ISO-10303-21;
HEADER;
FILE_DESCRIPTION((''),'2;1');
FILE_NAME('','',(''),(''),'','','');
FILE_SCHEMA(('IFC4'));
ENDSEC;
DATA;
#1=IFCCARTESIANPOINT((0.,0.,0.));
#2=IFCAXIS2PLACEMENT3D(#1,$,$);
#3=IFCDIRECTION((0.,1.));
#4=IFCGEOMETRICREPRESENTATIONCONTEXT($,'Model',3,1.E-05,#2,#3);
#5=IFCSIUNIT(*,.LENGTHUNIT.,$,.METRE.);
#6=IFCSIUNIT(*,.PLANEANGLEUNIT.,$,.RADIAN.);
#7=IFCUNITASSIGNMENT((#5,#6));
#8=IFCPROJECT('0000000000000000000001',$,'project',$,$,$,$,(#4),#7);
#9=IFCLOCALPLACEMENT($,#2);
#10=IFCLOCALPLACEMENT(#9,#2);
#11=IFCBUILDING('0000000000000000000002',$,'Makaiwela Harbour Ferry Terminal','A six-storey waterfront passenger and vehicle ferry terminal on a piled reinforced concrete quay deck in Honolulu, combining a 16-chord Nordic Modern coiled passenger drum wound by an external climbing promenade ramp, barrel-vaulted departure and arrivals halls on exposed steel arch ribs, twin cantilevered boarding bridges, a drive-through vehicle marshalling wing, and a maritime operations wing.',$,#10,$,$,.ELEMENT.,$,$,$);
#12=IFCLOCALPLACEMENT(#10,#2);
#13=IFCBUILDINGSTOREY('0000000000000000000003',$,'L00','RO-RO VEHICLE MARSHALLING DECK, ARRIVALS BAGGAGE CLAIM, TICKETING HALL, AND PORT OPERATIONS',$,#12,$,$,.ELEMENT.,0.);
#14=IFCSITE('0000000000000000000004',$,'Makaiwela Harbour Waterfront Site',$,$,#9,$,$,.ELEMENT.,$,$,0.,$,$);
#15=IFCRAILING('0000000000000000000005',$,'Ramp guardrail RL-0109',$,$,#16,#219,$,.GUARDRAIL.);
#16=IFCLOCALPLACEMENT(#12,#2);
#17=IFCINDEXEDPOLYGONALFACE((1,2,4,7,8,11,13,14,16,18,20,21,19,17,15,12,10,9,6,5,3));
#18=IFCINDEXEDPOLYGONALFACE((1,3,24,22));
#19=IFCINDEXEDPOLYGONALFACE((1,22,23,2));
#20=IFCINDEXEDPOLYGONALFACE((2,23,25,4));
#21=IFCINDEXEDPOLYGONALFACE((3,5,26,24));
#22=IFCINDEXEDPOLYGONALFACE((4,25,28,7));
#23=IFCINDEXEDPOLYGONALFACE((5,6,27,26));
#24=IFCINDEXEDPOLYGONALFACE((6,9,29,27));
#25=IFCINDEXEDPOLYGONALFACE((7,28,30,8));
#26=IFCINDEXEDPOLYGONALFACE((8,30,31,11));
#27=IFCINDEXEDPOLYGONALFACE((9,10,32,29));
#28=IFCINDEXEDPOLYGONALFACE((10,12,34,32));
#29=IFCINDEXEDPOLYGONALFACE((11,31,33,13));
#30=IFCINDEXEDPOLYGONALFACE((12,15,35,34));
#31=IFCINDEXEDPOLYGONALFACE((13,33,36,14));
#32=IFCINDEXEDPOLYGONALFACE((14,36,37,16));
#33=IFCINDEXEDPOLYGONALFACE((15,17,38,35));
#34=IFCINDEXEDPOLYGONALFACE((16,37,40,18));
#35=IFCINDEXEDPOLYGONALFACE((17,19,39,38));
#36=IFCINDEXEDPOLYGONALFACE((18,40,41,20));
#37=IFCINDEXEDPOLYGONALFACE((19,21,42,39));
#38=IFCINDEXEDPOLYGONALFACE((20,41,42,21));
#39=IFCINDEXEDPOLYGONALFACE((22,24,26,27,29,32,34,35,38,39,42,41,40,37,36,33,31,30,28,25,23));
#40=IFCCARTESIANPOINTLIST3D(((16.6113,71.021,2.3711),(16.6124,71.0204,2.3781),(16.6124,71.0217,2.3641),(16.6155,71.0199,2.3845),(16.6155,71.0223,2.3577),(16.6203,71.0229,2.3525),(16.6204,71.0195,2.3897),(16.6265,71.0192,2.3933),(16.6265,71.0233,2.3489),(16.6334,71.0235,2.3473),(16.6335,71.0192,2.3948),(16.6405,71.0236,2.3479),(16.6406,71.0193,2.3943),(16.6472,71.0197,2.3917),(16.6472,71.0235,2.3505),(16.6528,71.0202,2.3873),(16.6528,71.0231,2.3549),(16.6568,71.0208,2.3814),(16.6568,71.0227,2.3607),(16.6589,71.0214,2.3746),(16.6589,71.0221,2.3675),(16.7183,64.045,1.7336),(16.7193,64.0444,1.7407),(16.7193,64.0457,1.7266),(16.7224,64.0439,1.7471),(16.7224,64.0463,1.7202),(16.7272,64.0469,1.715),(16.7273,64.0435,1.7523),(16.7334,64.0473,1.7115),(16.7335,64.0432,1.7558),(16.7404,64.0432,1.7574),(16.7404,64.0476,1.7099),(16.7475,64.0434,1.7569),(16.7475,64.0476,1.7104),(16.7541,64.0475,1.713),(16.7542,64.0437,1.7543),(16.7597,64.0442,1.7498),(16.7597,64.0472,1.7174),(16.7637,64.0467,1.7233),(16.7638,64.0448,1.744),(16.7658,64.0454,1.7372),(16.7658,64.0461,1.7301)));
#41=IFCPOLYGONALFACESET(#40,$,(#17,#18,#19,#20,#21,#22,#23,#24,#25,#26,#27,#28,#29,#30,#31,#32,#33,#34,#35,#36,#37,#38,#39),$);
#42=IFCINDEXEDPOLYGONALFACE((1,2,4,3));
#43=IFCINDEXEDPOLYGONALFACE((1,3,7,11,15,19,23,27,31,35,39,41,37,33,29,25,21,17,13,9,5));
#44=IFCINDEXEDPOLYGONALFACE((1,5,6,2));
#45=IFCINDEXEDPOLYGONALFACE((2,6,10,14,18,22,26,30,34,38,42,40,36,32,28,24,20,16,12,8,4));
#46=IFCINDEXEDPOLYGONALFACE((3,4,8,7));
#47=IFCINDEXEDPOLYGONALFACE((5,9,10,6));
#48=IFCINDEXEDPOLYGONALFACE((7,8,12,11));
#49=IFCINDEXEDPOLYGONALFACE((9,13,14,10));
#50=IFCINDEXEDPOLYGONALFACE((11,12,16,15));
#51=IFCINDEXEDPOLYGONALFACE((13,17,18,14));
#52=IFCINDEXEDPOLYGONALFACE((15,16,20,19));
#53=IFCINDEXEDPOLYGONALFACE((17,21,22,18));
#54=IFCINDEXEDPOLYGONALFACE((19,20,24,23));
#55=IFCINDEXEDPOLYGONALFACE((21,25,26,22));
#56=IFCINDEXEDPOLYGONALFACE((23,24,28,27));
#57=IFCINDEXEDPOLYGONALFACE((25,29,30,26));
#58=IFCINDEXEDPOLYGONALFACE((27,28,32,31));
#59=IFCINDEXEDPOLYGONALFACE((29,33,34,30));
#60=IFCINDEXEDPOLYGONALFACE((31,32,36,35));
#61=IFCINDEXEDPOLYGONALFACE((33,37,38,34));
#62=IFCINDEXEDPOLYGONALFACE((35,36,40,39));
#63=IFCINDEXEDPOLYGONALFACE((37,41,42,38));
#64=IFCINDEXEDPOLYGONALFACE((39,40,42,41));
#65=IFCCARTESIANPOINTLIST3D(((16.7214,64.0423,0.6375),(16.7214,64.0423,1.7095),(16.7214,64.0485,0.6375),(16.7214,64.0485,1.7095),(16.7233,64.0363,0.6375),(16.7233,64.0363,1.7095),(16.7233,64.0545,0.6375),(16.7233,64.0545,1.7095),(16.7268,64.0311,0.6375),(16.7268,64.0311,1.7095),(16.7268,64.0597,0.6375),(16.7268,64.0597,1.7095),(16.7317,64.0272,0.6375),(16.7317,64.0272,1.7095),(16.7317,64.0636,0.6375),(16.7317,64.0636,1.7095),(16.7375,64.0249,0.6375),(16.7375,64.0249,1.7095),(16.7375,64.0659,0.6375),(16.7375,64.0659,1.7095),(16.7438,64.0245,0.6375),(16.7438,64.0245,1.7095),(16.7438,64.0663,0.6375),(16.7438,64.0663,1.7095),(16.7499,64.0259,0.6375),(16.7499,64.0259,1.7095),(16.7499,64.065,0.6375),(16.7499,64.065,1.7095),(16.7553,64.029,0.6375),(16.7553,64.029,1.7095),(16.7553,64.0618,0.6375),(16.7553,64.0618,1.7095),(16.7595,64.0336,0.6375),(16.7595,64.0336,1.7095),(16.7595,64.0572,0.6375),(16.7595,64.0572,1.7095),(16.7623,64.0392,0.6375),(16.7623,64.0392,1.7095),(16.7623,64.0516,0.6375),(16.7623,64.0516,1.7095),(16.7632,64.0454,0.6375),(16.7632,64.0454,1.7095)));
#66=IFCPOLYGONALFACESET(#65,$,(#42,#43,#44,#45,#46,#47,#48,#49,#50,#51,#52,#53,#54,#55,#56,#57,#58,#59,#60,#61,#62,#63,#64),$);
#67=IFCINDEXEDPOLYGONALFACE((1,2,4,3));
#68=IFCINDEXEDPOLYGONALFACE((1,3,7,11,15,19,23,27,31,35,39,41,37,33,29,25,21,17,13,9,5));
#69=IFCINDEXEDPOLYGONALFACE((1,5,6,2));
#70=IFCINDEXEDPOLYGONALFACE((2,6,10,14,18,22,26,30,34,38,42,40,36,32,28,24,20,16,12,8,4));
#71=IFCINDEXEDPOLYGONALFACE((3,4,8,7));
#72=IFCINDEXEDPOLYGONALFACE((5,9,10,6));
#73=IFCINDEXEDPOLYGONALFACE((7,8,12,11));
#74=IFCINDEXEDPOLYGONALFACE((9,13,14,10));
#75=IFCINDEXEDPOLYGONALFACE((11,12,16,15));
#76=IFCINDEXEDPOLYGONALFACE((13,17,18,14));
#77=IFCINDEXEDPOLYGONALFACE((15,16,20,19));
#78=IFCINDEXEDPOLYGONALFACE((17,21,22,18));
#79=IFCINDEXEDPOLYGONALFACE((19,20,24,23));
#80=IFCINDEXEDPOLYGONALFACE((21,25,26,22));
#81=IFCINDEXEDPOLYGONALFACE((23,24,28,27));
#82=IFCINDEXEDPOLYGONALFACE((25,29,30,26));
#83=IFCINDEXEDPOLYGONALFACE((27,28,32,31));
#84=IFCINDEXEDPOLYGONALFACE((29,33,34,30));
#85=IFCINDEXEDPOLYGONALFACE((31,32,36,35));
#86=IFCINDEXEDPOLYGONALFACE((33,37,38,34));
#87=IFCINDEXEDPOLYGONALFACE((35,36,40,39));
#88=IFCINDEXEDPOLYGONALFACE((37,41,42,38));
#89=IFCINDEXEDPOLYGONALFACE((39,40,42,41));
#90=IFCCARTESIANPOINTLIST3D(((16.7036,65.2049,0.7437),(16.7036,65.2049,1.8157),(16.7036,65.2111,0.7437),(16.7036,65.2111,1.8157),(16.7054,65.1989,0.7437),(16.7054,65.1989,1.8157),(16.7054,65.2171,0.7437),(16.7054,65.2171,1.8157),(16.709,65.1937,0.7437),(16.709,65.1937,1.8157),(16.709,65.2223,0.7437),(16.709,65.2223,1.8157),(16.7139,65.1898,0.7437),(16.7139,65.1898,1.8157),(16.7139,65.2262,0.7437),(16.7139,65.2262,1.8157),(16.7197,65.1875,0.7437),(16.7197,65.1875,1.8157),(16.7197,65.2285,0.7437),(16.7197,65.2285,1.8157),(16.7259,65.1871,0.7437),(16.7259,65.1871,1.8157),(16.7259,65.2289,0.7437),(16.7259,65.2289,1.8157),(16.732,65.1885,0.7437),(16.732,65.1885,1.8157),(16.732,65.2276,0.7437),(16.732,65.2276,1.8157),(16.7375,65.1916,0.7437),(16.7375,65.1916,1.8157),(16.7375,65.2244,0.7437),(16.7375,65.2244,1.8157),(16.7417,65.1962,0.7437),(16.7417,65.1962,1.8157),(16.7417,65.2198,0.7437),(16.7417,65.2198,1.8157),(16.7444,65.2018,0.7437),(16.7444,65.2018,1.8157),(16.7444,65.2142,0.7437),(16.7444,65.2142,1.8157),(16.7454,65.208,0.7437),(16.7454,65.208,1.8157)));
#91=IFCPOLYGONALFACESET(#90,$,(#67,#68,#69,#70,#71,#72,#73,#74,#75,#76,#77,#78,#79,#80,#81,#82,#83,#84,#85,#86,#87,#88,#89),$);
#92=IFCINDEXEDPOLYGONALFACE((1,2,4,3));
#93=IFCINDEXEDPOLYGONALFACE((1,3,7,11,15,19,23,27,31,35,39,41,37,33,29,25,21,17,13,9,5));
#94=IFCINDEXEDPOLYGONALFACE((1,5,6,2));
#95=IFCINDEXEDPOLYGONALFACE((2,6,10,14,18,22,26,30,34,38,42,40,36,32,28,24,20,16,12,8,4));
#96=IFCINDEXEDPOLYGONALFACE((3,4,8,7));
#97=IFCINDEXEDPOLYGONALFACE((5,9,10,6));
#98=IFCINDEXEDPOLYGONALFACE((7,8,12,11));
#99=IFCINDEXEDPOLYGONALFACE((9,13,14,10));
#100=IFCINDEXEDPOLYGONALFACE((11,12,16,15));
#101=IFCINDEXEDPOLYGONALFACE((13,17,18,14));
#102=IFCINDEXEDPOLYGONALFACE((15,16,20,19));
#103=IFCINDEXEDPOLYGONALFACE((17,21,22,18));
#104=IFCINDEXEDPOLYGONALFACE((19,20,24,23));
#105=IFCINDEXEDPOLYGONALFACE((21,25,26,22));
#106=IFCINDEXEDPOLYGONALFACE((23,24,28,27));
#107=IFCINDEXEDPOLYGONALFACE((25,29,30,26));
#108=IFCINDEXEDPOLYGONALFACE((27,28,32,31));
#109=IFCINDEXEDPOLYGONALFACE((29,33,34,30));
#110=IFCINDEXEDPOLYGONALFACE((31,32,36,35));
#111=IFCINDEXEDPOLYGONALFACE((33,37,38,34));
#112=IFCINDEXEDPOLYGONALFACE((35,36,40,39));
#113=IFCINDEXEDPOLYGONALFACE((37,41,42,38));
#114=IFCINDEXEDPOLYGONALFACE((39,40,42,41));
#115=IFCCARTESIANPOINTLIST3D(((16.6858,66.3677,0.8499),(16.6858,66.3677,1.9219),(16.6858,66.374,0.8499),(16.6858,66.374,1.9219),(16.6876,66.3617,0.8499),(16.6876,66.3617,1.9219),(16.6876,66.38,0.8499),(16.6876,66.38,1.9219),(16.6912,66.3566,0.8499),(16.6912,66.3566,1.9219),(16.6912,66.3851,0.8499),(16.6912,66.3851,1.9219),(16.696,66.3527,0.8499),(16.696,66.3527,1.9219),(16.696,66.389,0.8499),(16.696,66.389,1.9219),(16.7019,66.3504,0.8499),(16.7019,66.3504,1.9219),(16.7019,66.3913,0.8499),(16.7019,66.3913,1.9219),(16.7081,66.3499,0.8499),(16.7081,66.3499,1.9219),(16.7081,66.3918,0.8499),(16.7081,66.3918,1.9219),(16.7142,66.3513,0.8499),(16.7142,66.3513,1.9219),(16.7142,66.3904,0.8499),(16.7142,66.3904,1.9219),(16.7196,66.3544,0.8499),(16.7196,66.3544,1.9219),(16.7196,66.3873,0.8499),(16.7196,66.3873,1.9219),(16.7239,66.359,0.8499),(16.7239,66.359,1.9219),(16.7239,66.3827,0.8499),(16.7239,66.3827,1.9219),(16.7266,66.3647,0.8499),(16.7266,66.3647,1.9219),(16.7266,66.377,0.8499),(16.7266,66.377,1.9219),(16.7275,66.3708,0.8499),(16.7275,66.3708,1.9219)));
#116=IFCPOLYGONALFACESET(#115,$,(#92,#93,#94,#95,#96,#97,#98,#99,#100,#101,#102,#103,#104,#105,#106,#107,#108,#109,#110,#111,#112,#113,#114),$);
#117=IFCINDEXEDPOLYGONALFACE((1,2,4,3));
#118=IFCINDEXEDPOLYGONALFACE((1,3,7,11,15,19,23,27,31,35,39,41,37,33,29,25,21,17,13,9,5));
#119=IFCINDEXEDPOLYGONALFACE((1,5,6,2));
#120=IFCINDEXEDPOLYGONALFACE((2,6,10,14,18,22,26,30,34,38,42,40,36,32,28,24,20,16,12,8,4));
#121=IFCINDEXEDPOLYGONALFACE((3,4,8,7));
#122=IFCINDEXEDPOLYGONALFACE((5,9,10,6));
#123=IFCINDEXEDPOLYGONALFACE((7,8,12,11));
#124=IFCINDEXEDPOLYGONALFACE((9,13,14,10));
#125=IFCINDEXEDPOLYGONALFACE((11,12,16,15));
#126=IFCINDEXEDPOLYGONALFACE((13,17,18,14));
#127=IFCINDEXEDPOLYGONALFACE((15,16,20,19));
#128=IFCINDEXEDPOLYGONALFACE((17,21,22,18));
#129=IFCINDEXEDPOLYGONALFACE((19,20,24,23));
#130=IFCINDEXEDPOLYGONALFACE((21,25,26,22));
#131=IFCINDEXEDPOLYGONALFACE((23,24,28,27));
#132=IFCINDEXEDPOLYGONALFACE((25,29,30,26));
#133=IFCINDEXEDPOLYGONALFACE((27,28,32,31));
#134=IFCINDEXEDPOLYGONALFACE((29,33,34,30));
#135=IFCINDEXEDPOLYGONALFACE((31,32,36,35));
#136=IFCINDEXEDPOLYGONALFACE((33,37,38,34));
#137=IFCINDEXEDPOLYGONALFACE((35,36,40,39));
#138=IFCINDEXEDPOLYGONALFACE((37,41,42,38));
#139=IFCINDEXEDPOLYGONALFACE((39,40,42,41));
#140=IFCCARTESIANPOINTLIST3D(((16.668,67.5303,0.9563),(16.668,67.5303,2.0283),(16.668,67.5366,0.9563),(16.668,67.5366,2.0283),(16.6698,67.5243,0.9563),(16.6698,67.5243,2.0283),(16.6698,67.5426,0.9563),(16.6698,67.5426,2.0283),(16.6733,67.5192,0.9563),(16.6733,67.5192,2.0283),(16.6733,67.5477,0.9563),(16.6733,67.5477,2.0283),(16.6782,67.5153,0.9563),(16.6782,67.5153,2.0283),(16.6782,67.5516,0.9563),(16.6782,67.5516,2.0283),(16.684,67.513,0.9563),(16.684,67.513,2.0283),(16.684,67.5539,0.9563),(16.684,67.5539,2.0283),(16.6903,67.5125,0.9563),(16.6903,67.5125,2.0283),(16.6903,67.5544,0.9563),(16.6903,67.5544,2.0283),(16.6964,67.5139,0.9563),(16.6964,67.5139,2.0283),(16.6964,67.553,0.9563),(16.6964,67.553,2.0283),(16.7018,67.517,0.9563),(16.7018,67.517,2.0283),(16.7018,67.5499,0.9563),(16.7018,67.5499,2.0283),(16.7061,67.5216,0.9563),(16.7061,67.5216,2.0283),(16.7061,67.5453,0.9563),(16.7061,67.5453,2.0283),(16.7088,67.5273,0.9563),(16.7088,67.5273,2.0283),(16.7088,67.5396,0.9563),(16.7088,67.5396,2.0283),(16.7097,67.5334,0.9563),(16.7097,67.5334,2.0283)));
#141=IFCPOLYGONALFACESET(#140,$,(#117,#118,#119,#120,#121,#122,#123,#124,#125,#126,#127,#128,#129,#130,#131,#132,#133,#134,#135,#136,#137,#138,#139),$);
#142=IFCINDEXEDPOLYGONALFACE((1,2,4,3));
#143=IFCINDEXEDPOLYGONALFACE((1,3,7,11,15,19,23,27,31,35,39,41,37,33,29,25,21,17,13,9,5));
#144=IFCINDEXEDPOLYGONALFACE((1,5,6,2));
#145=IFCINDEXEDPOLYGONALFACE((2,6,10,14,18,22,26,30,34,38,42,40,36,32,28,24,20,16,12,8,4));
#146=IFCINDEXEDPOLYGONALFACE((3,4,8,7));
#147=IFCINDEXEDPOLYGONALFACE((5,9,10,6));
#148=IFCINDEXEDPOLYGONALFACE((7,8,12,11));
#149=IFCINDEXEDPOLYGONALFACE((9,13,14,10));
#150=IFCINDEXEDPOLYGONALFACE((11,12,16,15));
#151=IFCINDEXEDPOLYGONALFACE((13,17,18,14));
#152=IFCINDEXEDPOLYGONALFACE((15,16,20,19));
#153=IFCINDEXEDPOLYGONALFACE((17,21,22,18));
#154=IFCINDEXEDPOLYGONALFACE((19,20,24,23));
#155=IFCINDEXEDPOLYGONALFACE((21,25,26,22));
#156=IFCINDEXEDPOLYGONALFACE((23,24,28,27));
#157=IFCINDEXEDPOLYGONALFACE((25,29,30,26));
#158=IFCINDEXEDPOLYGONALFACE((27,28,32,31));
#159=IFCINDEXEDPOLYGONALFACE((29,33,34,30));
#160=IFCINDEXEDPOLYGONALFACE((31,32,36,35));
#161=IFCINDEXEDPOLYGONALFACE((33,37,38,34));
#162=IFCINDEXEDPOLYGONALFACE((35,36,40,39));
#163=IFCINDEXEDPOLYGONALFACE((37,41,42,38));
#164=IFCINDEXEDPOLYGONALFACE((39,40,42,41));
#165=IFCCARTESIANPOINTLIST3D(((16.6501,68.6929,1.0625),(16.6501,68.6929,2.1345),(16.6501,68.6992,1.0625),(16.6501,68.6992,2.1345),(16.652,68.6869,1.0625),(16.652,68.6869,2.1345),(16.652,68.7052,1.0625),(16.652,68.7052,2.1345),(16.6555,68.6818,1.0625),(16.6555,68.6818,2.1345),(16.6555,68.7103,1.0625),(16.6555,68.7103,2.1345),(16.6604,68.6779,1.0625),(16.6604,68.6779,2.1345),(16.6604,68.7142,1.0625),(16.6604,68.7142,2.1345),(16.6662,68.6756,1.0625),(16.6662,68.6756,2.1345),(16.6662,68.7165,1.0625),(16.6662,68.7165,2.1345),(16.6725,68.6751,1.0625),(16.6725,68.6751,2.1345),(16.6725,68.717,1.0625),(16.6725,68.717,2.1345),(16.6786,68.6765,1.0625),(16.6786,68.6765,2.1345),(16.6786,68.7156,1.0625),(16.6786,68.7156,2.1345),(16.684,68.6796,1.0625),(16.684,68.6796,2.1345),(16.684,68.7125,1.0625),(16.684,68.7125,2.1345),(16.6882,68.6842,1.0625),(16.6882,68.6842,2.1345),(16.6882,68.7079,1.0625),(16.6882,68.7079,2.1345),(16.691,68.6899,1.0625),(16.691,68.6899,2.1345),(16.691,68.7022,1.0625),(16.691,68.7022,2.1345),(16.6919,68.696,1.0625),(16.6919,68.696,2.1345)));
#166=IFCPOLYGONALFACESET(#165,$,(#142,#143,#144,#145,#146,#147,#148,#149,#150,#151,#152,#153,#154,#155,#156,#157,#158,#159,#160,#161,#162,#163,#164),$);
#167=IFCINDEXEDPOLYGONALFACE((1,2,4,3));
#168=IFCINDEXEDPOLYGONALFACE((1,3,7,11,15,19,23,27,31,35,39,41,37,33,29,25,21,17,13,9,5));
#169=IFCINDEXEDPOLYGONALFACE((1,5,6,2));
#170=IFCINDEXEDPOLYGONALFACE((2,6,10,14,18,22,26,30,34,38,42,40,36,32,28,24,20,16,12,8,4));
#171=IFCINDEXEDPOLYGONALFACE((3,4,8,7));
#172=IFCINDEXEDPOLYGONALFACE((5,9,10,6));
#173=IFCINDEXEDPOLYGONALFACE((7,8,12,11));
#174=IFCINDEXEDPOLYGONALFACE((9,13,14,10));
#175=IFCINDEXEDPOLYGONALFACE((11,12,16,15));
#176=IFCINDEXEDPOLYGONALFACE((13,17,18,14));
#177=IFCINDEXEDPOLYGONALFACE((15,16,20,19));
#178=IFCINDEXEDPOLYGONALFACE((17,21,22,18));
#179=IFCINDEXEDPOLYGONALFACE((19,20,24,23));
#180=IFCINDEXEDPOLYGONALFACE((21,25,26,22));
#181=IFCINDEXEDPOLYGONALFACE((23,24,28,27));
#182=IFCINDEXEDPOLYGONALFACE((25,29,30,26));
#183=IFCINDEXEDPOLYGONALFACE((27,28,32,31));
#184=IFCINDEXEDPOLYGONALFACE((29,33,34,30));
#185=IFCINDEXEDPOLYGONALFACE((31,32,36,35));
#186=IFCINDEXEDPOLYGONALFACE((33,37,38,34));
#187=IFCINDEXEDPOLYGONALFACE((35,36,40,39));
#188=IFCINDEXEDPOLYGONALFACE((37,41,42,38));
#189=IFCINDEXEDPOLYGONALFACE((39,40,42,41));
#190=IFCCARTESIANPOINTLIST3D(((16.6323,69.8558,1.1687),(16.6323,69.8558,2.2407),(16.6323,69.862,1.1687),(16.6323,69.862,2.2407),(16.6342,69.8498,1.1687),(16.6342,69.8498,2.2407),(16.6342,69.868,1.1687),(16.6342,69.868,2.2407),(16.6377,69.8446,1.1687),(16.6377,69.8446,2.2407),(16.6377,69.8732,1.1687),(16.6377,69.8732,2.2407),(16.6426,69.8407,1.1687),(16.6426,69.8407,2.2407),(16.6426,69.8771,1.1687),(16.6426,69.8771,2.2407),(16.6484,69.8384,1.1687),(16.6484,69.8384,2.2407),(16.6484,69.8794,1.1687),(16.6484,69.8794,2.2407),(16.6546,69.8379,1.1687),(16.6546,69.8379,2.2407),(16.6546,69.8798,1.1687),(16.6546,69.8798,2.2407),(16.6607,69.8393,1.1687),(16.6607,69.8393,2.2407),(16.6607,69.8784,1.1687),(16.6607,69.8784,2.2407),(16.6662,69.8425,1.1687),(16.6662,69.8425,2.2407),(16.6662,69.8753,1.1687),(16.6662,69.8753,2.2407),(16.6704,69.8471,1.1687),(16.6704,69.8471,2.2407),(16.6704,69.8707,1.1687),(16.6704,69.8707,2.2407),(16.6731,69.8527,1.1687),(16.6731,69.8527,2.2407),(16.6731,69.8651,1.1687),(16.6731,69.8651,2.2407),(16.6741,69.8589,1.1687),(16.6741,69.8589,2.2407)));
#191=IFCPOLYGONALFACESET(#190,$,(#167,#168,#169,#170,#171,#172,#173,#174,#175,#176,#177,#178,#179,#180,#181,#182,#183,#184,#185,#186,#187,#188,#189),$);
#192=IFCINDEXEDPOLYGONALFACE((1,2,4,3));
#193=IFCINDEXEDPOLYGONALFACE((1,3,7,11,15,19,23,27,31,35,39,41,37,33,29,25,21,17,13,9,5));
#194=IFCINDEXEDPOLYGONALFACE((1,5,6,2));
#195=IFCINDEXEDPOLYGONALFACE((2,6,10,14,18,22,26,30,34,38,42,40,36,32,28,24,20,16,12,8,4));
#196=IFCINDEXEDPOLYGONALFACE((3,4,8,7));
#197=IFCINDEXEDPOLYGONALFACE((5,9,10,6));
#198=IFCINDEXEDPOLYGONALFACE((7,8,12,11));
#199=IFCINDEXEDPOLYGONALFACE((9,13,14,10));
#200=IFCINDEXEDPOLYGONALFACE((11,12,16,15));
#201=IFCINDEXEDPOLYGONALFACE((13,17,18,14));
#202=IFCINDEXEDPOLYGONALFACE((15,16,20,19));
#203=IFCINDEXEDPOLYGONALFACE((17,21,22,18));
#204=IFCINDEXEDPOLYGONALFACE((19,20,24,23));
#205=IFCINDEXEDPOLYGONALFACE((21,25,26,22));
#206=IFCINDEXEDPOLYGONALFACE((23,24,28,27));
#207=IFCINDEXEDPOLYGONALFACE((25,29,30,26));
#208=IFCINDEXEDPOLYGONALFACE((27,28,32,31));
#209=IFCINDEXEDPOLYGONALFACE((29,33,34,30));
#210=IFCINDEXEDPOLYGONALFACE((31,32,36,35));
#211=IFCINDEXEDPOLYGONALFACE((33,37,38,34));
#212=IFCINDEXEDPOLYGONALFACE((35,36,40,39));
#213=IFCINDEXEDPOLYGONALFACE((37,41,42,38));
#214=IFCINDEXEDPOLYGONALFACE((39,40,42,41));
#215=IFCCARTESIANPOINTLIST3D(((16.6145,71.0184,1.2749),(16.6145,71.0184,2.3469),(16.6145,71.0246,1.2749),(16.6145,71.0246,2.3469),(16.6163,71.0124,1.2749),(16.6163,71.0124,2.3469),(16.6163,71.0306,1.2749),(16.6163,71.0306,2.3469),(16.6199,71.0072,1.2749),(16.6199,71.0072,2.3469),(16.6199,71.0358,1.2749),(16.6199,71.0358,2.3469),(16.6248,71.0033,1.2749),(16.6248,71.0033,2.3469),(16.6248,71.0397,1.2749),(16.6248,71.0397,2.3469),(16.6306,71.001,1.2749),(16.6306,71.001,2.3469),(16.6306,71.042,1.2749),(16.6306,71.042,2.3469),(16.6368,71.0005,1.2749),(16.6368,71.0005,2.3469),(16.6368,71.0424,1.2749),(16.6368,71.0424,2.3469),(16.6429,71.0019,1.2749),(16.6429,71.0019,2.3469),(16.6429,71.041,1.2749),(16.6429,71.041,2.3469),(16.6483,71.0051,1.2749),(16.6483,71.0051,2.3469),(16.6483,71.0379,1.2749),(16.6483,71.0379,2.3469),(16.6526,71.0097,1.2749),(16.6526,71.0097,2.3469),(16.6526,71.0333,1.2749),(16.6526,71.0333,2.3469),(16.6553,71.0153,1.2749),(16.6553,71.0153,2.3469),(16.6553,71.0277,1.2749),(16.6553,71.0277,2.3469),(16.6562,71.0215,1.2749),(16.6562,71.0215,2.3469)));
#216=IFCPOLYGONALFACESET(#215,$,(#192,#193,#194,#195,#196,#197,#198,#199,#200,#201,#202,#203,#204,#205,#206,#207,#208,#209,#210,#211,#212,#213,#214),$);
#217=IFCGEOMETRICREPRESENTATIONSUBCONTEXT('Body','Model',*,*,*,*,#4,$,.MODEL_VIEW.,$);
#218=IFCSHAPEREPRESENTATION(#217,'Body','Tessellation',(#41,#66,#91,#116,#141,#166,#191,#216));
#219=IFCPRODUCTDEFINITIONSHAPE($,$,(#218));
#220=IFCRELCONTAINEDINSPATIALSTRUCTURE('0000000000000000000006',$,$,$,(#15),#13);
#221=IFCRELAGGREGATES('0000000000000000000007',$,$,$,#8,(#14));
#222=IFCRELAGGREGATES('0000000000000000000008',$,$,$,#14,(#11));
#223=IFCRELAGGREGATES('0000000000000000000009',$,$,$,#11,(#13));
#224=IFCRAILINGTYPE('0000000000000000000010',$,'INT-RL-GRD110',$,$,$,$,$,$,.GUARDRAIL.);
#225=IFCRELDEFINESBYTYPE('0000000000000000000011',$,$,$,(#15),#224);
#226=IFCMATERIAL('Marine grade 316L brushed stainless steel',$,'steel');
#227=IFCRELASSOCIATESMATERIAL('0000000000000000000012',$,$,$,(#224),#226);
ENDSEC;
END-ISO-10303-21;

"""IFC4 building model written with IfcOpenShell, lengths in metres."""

from ifc_helpers import new_model, si_unit, direction, frame, origin, origin_2d, place, context, subcontext, project, spatial, circle, extrude, material, type_object, element, save


model = new_model("IFC4")

# Units and contexts
model_context = context("Model", 3, precision=1e-05, world=origin(), true_north=direction((0.0, 1.0)))
body_context = subcontext(model_context, "Body", "Model", "MODEL_VIEW")
ifc_project = project(units=[si_unit("LENGTHUNIT", "METRE"), si_unit("PLANEANGLEUNIT", "RADIAN")], contexts=[model_context])

# Site, building, storey
site_placement = place(None, origin())
site = spatial("IfcSite", under=ifc_project, at=site_placement, Name="Makaiwela Harbour Waterfront Site", CompositionType="ELEMENT", RefElevation=0.0)
building_placement = place(site_placement, origin())
building = spatial("IfcBuilding", under=site, at=building_placement, Name="Makaiwela Harbour Ferry Terminal", Description="A six-storey waterfront passenger and vehicle ferry terminal on a piled reinforced concrete quay deck in Honolulu, combining a 16-chord Nordic Modern coiled passenger drum wound by an external climbing promenade ramp, barrel-vaulted departure and arrivals halls on exposed steel arch ribs, twin cantilevered boarding bridges, a drive-through vehicle marshalling wing, and a maritime operations wing.", CompositionType="ELEMENT")
storey_placement = place(building_placement, origin())
storey = spatial("IfcBuildingStorey", under=building, at=storey_placement, Name="L00", Description="RO-RO VEHICLE MARSHALLING DECK, ARRIVALS BAGGAGE CLAIM, TICKETING HALL, AND PORT OPERATIONS", CompositionType="ELEMENT", Elevation=0.0)

# Railing
ifc_material_1 = material(Name="Marine grade 316L brushed stainless steel", Category="steel")
railing_type_1 = type_object("IfcRailingType", Name="INT-RL-GRD110", PredefinedType="GUARDRAIL", material=ifc_material_1)
railing_1_placement = place(storey_placement, frame((16.7422, 64.0454, 0.6375)))
element("IfcRailing", 1, at=railing_1_placement, inside=storey, type_object=railing_type_1, Name="Ramp guardrail RL-0109", PredefinedType="GUARDRAIL", context=body_context, shape_type="SweptSolid", body=[
    extrude(circle(Radius=0.0239, at=origin_2d()), frame((0.0, 0.0, 1.0962), z_axis=(-0.015263, 0.995735, 0.090987), x_axis=(-0.999883, -0.015327, 0.0)), (0.0, 0.0, 1.0), 7.0059),
    extrude(circle(Radius=0.021, at=origin_2d()), origin(), (0.0, 0.0, 1.0), 1.072),
    extrude(circle(Radius=0.021, at=origin_2d()), frame((-0.0178, 1.1626, 0.1062)), (0.0, 0.0, 1.0), 1.072),
    extrude(circle(Radius=0.021, at=origin_2d()), frame((-0.0356, 2.3254, 0.2124)), (0.0, 0.0, 1.0), 1.072),
    extrude(circle(Radius=0.021, at=origin_2d()), frame((-0.0535, 3.488, 0.3188)), (0.0, 0.0, 1.0), 1.072),
    extrude(circle(Radius=0.021, at=origin_2d()), frame((-0.0713, 4.6506, 0.425)), (0.0, 0.0, 1.0), 1.072),
    extrude(circle(Radius=0.021, at=origin_2d()), frame((-0.0891, 5.8135, 0.5312)), (0.0, 0.0, 1.0), 1.072),
    extrude(circle(Radius=0.021, at=origin_2d()), frame((-0.1069, 6.9761, 0.6375)), (0.0, 0.0, 1.0), 1.072),
])

save(model, "model.ifc")
